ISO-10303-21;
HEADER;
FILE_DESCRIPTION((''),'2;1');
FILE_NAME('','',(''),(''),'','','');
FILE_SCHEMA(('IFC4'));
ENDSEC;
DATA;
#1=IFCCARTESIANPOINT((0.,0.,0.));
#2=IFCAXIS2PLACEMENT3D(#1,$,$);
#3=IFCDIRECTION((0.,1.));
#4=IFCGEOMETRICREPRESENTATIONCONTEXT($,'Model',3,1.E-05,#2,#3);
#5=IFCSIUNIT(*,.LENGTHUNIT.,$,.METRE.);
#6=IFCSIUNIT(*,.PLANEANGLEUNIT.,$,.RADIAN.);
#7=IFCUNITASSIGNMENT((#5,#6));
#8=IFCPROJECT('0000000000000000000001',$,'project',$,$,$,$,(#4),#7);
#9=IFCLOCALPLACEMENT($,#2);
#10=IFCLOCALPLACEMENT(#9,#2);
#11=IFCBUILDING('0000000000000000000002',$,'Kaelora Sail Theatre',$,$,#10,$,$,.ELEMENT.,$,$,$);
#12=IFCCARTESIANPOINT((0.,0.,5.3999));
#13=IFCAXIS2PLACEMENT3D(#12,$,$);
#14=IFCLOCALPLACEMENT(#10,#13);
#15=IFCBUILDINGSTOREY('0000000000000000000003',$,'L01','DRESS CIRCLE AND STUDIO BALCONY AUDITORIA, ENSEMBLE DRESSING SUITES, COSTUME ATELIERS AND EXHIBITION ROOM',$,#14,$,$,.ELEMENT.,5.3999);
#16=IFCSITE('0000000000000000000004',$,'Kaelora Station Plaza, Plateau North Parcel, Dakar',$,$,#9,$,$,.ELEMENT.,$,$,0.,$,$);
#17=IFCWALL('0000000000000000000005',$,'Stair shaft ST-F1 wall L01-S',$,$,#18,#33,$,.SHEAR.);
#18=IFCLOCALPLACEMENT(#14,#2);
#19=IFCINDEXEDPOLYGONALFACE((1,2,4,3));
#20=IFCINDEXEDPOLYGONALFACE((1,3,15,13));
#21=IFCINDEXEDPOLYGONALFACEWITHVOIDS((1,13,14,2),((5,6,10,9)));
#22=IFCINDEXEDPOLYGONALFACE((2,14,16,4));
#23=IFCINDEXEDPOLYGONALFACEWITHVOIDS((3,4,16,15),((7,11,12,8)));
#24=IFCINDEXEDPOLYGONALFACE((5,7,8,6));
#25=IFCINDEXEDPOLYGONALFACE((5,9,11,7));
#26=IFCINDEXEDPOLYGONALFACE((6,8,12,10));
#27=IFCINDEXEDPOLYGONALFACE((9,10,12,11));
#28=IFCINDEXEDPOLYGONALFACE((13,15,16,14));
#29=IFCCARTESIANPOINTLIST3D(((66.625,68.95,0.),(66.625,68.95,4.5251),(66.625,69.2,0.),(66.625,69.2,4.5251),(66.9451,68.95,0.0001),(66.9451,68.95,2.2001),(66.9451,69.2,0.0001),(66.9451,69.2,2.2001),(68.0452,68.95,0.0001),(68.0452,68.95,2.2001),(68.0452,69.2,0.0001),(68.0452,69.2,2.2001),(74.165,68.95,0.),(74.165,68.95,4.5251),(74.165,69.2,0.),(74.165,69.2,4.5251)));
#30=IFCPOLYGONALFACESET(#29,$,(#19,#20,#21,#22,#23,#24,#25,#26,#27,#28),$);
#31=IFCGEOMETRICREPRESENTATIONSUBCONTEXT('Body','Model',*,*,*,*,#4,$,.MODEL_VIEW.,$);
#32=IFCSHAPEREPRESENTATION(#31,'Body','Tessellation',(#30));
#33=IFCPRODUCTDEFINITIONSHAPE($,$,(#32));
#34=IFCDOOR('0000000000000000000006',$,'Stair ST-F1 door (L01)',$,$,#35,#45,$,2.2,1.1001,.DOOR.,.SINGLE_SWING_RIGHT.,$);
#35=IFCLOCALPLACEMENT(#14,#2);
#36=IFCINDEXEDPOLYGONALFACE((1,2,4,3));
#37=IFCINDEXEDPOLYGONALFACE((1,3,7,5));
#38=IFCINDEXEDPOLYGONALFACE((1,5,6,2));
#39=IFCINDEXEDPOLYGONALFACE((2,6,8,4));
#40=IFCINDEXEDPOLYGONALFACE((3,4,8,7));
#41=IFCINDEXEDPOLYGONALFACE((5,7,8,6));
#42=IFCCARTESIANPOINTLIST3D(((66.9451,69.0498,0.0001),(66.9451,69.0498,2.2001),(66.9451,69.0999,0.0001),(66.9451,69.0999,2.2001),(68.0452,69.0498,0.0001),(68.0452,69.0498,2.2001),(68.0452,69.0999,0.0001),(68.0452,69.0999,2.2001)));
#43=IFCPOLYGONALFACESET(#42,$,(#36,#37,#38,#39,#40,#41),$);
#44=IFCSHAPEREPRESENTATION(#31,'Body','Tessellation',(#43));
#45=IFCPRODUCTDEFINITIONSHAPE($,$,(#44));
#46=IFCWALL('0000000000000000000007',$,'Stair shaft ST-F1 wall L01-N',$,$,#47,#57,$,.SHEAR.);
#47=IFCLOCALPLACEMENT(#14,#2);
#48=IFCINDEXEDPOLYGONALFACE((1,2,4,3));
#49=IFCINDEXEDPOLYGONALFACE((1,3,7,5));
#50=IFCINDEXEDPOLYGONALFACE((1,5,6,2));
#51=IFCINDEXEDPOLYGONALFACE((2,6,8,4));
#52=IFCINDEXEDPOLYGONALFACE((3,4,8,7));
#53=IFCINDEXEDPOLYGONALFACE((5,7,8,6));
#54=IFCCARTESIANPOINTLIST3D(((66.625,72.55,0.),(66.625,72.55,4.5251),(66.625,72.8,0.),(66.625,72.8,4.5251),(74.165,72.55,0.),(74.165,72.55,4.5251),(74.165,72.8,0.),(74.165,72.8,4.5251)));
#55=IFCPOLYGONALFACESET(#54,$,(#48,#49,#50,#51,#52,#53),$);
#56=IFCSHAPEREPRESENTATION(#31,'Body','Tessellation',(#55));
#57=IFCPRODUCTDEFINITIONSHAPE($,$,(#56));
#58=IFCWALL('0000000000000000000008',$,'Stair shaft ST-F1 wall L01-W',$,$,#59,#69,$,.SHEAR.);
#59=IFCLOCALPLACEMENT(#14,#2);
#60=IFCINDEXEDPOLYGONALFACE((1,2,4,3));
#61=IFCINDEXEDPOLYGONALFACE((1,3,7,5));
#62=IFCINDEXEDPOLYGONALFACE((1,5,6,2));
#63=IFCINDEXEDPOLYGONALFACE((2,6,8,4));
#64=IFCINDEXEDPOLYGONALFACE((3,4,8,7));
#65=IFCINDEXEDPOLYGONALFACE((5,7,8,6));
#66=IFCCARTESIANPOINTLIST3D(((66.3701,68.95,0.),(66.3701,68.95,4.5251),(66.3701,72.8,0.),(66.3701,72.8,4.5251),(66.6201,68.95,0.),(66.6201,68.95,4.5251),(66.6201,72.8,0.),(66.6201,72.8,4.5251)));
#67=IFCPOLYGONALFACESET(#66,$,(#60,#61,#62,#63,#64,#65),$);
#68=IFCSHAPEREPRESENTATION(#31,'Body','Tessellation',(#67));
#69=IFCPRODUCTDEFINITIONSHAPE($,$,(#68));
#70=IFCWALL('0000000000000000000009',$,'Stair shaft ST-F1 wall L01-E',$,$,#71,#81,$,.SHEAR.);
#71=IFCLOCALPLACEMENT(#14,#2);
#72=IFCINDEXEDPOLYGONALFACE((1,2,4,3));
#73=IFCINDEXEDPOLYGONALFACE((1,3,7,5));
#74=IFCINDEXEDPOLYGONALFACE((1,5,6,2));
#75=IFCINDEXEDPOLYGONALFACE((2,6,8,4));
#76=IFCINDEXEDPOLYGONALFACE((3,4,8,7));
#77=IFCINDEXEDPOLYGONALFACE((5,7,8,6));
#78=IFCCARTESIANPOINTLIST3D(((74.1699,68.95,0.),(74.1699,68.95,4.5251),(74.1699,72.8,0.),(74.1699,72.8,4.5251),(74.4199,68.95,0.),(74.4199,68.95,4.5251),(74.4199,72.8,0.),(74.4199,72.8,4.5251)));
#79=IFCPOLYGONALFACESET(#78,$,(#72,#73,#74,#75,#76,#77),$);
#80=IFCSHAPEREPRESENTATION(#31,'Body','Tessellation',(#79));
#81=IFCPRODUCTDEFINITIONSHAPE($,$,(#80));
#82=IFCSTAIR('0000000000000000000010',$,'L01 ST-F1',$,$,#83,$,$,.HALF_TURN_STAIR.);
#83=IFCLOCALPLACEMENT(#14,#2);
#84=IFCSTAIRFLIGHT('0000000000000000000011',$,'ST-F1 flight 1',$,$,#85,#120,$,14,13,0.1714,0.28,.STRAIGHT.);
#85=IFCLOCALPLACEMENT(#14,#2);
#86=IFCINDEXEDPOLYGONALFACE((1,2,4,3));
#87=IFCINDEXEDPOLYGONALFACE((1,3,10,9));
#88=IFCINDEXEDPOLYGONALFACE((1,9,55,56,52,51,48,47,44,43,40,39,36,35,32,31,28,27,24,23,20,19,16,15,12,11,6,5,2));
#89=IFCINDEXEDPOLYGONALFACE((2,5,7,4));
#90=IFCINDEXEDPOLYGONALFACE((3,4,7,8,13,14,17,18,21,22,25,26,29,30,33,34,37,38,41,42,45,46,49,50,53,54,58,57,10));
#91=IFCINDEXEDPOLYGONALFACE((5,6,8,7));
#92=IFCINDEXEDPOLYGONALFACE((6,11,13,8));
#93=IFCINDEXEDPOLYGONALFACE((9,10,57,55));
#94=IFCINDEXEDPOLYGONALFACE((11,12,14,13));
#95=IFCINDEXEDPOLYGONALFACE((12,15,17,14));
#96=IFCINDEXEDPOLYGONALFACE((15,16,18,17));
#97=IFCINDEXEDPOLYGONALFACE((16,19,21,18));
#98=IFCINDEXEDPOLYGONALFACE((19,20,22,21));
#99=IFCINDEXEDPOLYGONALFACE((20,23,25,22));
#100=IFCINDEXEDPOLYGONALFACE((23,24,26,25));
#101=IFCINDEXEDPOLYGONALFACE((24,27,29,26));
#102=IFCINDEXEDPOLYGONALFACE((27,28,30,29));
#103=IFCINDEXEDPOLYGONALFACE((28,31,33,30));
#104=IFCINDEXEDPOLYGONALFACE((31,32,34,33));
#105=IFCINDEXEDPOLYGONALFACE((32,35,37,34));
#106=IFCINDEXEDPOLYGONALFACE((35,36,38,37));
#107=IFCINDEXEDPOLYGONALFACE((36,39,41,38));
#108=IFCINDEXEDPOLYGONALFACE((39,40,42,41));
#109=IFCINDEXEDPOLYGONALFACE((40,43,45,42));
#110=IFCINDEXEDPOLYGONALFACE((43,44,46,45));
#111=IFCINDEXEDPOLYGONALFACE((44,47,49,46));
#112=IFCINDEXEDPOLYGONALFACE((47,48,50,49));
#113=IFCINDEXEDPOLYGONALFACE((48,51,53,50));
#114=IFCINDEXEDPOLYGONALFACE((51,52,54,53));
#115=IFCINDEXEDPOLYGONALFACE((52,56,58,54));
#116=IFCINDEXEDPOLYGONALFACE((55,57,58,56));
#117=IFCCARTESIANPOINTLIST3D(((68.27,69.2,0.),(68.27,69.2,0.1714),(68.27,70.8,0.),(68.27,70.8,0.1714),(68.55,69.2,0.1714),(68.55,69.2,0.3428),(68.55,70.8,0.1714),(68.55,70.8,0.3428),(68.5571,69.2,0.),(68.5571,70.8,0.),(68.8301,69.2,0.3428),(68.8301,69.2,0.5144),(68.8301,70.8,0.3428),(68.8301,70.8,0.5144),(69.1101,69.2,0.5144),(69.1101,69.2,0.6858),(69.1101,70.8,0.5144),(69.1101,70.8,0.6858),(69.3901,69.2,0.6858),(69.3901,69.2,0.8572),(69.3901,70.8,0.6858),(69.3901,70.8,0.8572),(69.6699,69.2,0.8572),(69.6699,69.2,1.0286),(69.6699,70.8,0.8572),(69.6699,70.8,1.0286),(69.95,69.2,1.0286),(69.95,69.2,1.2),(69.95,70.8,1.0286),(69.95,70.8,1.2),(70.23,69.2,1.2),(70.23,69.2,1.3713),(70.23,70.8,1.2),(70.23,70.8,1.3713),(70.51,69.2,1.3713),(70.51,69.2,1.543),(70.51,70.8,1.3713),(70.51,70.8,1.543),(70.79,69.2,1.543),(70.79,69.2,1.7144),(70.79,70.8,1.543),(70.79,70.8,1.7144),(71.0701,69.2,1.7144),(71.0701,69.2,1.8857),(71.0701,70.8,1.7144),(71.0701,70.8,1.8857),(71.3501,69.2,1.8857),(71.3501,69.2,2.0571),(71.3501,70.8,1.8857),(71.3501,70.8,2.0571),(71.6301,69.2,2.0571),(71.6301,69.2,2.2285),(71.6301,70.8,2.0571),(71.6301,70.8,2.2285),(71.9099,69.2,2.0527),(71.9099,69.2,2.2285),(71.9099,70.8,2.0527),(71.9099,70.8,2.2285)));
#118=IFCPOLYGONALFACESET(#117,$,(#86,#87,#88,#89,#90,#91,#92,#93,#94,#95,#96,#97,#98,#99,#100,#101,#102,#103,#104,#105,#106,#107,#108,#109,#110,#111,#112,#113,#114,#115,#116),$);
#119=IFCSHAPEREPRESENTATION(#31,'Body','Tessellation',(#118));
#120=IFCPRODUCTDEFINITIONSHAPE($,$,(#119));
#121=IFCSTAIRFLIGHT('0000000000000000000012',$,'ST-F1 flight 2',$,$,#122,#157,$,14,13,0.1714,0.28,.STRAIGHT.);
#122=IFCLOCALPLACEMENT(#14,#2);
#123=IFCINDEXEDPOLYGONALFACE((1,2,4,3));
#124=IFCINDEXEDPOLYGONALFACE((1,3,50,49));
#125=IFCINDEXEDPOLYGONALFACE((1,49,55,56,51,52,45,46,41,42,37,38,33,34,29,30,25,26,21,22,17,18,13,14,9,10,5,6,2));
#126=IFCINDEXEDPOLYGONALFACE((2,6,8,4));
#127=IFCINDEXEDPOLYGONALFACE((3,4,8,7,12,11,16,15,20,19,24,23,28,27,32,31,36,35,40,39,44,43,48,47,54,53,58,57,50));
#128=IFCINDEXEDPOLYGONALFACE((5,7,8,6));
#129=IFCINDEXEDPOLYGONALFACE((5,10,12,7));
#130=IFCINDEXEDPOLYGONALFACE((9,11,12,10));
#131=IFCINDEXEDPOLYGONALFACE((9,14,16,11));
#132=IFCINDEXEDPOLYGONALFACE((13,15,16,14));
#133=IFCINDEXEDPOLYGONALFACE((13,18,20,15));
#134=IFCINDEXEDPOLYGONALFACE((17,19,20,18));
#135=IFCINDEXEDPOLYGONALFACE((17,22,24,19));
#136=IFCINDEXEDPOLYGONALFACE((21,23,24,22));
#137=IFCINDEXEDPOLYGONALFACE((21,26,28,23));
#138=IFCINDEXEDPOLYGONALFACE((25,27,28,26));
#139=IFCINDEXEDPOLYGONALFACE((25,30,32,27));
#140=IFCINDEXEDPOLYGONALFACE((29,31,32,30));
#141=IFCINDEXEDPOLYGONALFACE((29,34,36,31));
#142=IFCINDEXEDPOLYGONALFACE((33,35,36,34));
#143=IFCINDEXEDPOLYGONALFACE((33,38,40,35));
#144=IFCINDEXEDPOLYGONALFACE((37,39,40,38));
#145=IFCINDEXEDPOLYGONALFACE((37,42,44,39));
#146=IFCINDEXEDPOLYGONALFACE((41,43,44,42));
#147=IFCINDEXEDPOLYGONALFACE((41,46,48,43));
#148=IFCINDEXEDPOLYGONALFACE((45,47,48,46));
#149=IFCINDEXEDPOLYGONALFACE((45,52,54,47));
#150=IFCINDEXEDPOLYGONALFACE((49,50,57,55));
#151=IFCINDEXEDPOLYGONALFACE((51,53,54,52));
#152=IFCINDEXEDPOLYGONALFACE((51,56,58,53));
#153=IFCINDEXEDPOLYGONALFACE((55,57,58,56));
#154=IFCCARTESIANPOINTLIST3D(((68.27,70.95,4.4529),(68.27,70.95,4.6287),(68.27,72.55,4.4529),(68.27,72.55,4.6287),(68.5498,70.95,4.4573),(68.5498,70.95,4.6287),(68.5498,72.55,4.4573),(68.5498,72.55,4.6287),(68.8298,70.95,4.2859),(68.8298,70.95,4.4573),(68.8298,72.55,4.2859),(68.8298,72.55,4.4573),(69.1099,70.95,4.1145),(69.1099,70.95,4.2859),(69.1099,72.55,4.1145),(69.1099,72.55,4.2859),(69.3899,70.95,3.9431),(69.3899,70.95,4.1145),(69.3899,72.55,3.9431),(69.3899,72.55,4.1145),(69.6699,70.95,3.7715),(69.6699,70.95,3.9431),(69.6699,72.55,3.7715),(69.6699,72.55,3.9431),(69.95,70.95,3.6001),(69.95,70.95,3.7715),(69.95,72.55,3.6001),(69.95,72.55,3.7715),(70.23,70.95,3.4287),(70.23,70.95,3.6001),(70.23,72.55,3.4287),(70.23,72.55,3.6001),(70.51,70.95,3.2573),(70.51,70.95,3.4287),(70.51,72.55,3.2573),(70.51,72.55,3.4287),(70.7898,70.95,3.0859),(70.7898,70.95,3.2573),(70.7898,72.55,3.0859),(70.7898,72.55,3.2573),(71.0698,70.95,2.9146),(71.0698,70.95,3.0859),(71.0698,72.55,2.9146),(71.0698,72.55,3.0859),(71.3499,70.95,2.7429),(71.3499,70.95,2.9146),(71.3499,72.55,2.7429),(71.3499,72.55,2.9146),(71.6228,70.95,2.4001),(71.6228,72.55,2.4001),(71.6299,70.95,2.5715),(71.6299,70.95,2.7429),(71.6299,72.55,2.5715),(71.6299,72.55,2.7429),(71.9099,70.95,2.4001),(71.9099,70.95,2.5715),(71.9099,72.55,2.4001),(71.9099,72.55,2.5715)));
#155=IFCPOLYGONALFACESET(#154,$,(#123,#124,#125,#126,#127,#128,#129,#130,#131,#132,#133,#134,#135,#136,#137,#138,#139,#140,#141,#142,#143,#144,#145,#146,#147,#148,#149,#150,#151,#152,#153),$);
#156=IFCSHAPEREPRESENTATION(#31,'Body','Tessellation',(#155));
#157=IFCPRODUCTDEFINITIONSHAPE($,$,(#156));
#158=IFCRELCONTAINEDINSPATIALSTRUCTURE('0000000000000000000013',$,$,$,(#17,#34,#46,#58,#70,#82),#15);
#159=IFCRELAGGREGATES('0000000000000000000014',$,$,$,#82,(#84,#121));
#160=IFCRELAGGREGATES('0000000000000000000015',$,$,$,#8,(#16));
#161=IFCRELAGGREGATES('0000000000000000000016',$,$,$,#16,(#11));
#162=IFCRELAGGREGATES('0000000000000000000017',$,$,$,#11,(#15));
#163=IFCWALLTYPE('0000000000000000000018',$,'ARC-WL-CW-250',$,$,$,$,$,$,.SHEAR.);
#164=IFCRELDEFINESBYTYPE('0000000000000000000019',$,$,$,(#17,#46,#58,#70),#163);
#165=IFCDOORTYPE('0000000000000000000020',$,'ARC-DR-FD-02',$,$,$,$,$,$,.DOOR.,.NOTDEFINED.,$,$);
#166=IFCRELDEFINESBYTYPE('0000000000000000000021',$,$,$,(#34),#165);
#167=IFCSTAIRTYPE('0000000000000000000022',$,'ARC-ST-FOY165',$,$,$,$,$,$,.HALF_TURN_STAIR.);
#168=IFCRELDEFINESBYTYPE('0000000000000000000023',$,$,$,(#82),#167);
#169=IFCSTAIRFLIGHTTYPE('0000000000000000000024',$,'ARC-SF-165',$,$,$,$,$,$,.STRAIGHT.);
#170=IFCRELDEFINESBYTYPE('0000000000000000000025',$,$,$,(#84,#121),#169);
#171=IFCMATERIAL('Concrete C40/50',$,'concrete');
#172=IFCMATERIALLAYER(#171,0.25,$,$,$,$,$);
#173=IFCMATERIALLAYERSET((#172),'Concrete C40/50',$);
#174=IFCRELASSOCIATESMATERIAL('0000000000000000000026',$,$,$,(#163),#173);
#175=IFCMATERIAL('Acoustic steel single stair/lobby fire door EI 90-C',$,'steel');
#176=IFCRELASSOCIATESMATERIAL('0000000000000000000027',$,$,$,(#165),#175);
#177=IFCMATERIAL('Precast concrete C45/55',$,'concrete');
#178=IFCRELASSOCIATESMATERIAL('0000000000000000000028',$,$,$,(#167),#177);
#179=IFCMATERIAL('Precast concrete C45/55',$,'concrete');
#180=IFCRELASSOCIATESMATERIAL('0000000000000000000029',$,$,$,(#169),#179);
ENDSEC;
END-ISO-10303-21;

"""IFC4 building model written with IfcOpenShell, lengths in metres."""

from ifc_helpers import new_model, si_unit, direction, frame, frame_2d, origin, place, context, subcontext, project, spatial, polyline, rectangle, outline, extrude, material, layer, layer_set, type_object, element, fill, aggregate, save


model = new_model("IFC4")

# Units and contexts
model_context = context("Model", 3, precision=1e-05, world=origin(), true_north=direction((0.0, 1.0)))
body_context = subcontext(model_context, "Body", "Model", "MODEL_VIEW")
ifc_project = project(units=[si_unit("LENGTHUNIT", "METRE"), si_unit("PLANEANGLEUNIT", "RADIAN")], contexts=[model_context])

# Site, building, storey
site_placement = place(None, origin())
site = spatial("IfcSite", under=ifc_project, at=site_placement, Name="Kaelora Station Plaza, Plateau North Parcel, Dakar", CompositionType="ELEMENT", RefElevation=0.0)
building_placement = place(site_placement, origin())
building = spatial("IfcBuilding", under=site, at=building_placement, Name="Kaelora Sail Theatre", CompositionType="ELEMENT")
storey_placement = place(building_placement, frame((0.0, 0.0, 5.3999)))
storey = spatial("IfcBuildingStorey", under=building, at=storey_placement, Name="L01", Description="DRESS CIRCLE AND STUDIO BALCONY AUDITORIA, ENSEMBLE DRESSING SUITES, COSTUME ATELIERS AND EXHIBITION ROOM", CompositionType="ELEMENT", Elevation=5.3999)

# Wall, opening, door
ifc_material_1 = material(Name="Concrete C40/50", Category="concrete")
ifc_layer = layer(ifc_material_1, 0.25)
ifc_layer_set = layer_set([ifc_layer], Name="Concrete C40/50")
wall_type = type_object("IfcWallType", Name="ARC-WL-CW-250", PredefinedType="SHEAR", material=ifc_layer_set)
wall_1_placement = place(storey_placement, frame((66.625, 69.075, 0.0), z_axis=(0.0, 0.0, 1.0), x_axis=(1.0, 0.0, 0.0)))
wall_1 = element("IfcWall", 1, at=wall_1_placement, inside=storey, type_object=wall_type, Name="Stair shaft ST-F1 wall L01-S", PredefinedType="SHEAR", context=body_context, shape_type="SweptSolid", body=[
    extrude(rectangle(XDim=7.54, YDim=0.25, at=frame_2d((3.77, 0.0))), origin(), (0.0, 0.0, 1.0), 4.5251),
])
opening_placement = place(wall_1_placement, frame((0.3201, 0.0, 0.0)))
opening = element("IfcOpeningElement", 2, at=opening_placement, cuts=wall_1, PredefinedType="OPENING", context=body_context, shape_type="SweptSolid", body=[
    extrude(rectangle(XDim=1.1001, YDim=2.2, at=frame_2d((0.55, 1.1001))), frame((0.0, 0.135, 0.0), z_axis=(0.0, -1.0, 0.0), x_axis=(1.0, 0.0, 0.0)), (0.0, 0.0, 1.0), 0.27),
])
ifc_material_2 = material(Name="Acoustic steel single stair/lobby fire door EI 90-C", Category="steel")
door_type = type_object("IfcDoorType", Name="ARC-DR-FD-02", OperationType="NOTDEFINED", PredefinedType="DOOR", material=ifc_material_2)
door_placement = place(opening_placement, origin())
door = element("IfcDoor", 3, at=door_placement, inside=storey, type_object=door_type, Name="Stair ST-F1 door (L01)", OperationType="SINGLE_SWING_RIGHT", OverallHeight=2.2, OverallWidth=1.1001, PredefinedType="DOOR", context=body_context, shape_type="SweptSolid", body=[
    extrude(rectangle(XDim=1.1001, YDim=2.2, at=frame_2d((0.55, 1.1001))), frame((0.0, 0.0249, 0.0), z_axis=(0.0, -1.0, 0.0), x_axis=(1.0, 0.0, 0.0)), (0.0, 0.0, 1.0), 0.05),
])
fill(opening, door)

# Walls
wall_2_placement = place(storey_placement, frame((66.625, 72.675, 0.0), z_axis=(0.0, 0.0, 1.0), x_axis=(1.0, 0.0, 0.0)))
element("IfcWall", 4, at=wall_2_placement, inside=storey, type_object=wall_type, Name="Stair shaft ST-F1 wall L01-N", PredefinedType="SHEAR", context=body_context, shape_type="SweptSolid", body=[
    extrude(rectangle(XDim=7.54, YDim=0.25, at=frame_2d((3.77, 0.0))), origin(), (0.0, 0.0, 1.0), 4.5251),
])
for number, where, z_axis, x_axis, name in (
    (5, (66.4951, 68.95, 0.0), (0.0, 0.0, 1.0), (0.0, 1.0, 0.0), "Stair shaft ST-F1 wall L01-W"),
    (6, (74.2949, 68.95, 0.0), (0.0, 0.0, 1.0), (0.0, 1.0, 0.0), "Stair shaft ST-F1 wall L01-E"),
):
    element("IfcWall", number, at=place(storey_placement, frame(where, z_axis=z_axis, x_axis=x_axis)), inside=storey, type_object=wall_type, Name=name, PredefinedType="SHEAR", context=body_context, shape_type="SweptSolid", body=[
        extrude(rectangle(XDim=3.8501, YDim=0.25, at=frame_2d((1.925, 0.0))), origin(), (0.0, 0.0, 1.0), 4.5251),
    ])

# Stair, stair flights
ifc_material_3 = material(Name="Precast concrete C45/55", Category="concrete")
stair_type = type_object("IfcStairType", Name="ARC-ST-FOY165", PredefinedType="HALF_TURN_STAIR", material=ifc_material_3)
stair_placement = place(storey_placement, origin())
stair = element("IfcStair", 7, at=stair_placement, inside=storey, type_object=stair_type, Name="L01 ST-F1", PredefinedType="HALF_TURN_STAIR")
ifc_material_4 = material(Name="Precast concrete C45/55", Category="concrete")
stair_flight_type = type_object("IfcStairFlightType", Name="ARC-SF-165", PredefinedType="STRAIGHT", material=ifc_material_4)
stair_flight_1_placement = place(storey_placement, frame((68.27, 70.0, 0.0), z_axis=(0.0, 0.0, 1.0), x_axis=(1.0, 0.0, 0.0)))
stair_flight_1 = element("IfcStairFlight", 8, at=stair_flight_1_placement, type_object=stair_flight_type, Name="ST-F1 flight 1", NumberOfRisers=14, NumberOfTreads=13, PredefinedType="STRAIGHT", RiserHeight=0.1714, TreadLength=0.28, context=body_context, shape_type="SweptSolid", body=[
    extrude(outline(polyline([(0.0, 0.0), (0.0, 0.1714), (0.28, 0.1714), (0.28, 0.3428), (0.5601, 0.3428), (0.5601, 0.5144), (0.8401, 0.5144), (0.8401, 0.6858), (1.1201, 0.6858), (1.1201, 0.8572), (1.3999, 0.8572), (1.3999, 1.0286), (1.6799, 1.0286), (1.6799, 1.2), (1.96, 1.2), (1.96, 1.3713), (2.24, 1.3713), (2.24, 1.543), (2.52, 1.543), (2.52, 1.7144), (2.8, 1.7144), (2.8, 1.8857), (3.0801, 1.8857), (3.0801, 2.0571), (3.3601, 2.0571), (3.3601, 2.2285), (3.6399, 2.2285), (3.6399, 2.3999), (3.6399, 2.0527), (0.2871, 0.0), (0.0, 0.0)])), frame((0.0, 0.8, 0.0), z_axis=(0.0, -1.0, 0.0), x_axis=(1.0, 0.0, 0.0)), (0.0, 0.0, 1.0), 1.6001),
])
stair_flight_2_placement = place(storey_placement, frame((71.9099, 71.75, 2.4001), z_axis=(0.0, 0.0, 1.0), x_axis=(-1.0, 0.0, 0.0)))
stair_flight_2 = element("IfcStairFlight", 9, at=stair_flight_2_placement, type_object=stair_flight_type, Name="ST-F1 flight 2", NumberOfRisers=14, NumberOfTreads=13, PredefinedType="STRAIGHT", RiserHeight=0.1714, TreadLength=0.28, context=body_context, shape_type="SweptSolid", body=[
    extrude(outline(polyline([(0.0, 0.0), (0.0, 0.1714), (0.28, 0.1714), (0.28, 0.3428), (0.5601, 0.3428), (0.5601, 0.5144), (0.8401, 0.5144), (0.8401, 0.6858), (1.1201, 0.6858), (1.1201, 0.8572), (1.3999, 0.8572), (1.3999, 1.0286), (1.6799, 1.0286), (1.6799, 1.2), (1.96, 1.2), (1.96, 1.3713), (2.24, 1.3713), (2.24, 1.543), (2.52, 1.543), (2.52, 1.7144), (2.8, 1.7144), (2.8, 1.8857), (3.0801, 1.8857), (3.0801, 2.0571), (3.3601, 2.0571), (3.3601, 2.2285), (3.6399, 2.2285), (3.6399, 2.3999), (3.6399, 2.0527), (0.2871, 0.0), (0.0, 0.0)])), frame((0.0, 0.8, 0.0), z_axis=(0.0, -1.0, 0.0), x_axis=(1.0, 0.0, 0.0)), (0.0, 0.0, 1.0), 1.6001),
])
aggregate(stair, [stair_flight_1, stair_flight_2])

save(model, "model.ifc")
